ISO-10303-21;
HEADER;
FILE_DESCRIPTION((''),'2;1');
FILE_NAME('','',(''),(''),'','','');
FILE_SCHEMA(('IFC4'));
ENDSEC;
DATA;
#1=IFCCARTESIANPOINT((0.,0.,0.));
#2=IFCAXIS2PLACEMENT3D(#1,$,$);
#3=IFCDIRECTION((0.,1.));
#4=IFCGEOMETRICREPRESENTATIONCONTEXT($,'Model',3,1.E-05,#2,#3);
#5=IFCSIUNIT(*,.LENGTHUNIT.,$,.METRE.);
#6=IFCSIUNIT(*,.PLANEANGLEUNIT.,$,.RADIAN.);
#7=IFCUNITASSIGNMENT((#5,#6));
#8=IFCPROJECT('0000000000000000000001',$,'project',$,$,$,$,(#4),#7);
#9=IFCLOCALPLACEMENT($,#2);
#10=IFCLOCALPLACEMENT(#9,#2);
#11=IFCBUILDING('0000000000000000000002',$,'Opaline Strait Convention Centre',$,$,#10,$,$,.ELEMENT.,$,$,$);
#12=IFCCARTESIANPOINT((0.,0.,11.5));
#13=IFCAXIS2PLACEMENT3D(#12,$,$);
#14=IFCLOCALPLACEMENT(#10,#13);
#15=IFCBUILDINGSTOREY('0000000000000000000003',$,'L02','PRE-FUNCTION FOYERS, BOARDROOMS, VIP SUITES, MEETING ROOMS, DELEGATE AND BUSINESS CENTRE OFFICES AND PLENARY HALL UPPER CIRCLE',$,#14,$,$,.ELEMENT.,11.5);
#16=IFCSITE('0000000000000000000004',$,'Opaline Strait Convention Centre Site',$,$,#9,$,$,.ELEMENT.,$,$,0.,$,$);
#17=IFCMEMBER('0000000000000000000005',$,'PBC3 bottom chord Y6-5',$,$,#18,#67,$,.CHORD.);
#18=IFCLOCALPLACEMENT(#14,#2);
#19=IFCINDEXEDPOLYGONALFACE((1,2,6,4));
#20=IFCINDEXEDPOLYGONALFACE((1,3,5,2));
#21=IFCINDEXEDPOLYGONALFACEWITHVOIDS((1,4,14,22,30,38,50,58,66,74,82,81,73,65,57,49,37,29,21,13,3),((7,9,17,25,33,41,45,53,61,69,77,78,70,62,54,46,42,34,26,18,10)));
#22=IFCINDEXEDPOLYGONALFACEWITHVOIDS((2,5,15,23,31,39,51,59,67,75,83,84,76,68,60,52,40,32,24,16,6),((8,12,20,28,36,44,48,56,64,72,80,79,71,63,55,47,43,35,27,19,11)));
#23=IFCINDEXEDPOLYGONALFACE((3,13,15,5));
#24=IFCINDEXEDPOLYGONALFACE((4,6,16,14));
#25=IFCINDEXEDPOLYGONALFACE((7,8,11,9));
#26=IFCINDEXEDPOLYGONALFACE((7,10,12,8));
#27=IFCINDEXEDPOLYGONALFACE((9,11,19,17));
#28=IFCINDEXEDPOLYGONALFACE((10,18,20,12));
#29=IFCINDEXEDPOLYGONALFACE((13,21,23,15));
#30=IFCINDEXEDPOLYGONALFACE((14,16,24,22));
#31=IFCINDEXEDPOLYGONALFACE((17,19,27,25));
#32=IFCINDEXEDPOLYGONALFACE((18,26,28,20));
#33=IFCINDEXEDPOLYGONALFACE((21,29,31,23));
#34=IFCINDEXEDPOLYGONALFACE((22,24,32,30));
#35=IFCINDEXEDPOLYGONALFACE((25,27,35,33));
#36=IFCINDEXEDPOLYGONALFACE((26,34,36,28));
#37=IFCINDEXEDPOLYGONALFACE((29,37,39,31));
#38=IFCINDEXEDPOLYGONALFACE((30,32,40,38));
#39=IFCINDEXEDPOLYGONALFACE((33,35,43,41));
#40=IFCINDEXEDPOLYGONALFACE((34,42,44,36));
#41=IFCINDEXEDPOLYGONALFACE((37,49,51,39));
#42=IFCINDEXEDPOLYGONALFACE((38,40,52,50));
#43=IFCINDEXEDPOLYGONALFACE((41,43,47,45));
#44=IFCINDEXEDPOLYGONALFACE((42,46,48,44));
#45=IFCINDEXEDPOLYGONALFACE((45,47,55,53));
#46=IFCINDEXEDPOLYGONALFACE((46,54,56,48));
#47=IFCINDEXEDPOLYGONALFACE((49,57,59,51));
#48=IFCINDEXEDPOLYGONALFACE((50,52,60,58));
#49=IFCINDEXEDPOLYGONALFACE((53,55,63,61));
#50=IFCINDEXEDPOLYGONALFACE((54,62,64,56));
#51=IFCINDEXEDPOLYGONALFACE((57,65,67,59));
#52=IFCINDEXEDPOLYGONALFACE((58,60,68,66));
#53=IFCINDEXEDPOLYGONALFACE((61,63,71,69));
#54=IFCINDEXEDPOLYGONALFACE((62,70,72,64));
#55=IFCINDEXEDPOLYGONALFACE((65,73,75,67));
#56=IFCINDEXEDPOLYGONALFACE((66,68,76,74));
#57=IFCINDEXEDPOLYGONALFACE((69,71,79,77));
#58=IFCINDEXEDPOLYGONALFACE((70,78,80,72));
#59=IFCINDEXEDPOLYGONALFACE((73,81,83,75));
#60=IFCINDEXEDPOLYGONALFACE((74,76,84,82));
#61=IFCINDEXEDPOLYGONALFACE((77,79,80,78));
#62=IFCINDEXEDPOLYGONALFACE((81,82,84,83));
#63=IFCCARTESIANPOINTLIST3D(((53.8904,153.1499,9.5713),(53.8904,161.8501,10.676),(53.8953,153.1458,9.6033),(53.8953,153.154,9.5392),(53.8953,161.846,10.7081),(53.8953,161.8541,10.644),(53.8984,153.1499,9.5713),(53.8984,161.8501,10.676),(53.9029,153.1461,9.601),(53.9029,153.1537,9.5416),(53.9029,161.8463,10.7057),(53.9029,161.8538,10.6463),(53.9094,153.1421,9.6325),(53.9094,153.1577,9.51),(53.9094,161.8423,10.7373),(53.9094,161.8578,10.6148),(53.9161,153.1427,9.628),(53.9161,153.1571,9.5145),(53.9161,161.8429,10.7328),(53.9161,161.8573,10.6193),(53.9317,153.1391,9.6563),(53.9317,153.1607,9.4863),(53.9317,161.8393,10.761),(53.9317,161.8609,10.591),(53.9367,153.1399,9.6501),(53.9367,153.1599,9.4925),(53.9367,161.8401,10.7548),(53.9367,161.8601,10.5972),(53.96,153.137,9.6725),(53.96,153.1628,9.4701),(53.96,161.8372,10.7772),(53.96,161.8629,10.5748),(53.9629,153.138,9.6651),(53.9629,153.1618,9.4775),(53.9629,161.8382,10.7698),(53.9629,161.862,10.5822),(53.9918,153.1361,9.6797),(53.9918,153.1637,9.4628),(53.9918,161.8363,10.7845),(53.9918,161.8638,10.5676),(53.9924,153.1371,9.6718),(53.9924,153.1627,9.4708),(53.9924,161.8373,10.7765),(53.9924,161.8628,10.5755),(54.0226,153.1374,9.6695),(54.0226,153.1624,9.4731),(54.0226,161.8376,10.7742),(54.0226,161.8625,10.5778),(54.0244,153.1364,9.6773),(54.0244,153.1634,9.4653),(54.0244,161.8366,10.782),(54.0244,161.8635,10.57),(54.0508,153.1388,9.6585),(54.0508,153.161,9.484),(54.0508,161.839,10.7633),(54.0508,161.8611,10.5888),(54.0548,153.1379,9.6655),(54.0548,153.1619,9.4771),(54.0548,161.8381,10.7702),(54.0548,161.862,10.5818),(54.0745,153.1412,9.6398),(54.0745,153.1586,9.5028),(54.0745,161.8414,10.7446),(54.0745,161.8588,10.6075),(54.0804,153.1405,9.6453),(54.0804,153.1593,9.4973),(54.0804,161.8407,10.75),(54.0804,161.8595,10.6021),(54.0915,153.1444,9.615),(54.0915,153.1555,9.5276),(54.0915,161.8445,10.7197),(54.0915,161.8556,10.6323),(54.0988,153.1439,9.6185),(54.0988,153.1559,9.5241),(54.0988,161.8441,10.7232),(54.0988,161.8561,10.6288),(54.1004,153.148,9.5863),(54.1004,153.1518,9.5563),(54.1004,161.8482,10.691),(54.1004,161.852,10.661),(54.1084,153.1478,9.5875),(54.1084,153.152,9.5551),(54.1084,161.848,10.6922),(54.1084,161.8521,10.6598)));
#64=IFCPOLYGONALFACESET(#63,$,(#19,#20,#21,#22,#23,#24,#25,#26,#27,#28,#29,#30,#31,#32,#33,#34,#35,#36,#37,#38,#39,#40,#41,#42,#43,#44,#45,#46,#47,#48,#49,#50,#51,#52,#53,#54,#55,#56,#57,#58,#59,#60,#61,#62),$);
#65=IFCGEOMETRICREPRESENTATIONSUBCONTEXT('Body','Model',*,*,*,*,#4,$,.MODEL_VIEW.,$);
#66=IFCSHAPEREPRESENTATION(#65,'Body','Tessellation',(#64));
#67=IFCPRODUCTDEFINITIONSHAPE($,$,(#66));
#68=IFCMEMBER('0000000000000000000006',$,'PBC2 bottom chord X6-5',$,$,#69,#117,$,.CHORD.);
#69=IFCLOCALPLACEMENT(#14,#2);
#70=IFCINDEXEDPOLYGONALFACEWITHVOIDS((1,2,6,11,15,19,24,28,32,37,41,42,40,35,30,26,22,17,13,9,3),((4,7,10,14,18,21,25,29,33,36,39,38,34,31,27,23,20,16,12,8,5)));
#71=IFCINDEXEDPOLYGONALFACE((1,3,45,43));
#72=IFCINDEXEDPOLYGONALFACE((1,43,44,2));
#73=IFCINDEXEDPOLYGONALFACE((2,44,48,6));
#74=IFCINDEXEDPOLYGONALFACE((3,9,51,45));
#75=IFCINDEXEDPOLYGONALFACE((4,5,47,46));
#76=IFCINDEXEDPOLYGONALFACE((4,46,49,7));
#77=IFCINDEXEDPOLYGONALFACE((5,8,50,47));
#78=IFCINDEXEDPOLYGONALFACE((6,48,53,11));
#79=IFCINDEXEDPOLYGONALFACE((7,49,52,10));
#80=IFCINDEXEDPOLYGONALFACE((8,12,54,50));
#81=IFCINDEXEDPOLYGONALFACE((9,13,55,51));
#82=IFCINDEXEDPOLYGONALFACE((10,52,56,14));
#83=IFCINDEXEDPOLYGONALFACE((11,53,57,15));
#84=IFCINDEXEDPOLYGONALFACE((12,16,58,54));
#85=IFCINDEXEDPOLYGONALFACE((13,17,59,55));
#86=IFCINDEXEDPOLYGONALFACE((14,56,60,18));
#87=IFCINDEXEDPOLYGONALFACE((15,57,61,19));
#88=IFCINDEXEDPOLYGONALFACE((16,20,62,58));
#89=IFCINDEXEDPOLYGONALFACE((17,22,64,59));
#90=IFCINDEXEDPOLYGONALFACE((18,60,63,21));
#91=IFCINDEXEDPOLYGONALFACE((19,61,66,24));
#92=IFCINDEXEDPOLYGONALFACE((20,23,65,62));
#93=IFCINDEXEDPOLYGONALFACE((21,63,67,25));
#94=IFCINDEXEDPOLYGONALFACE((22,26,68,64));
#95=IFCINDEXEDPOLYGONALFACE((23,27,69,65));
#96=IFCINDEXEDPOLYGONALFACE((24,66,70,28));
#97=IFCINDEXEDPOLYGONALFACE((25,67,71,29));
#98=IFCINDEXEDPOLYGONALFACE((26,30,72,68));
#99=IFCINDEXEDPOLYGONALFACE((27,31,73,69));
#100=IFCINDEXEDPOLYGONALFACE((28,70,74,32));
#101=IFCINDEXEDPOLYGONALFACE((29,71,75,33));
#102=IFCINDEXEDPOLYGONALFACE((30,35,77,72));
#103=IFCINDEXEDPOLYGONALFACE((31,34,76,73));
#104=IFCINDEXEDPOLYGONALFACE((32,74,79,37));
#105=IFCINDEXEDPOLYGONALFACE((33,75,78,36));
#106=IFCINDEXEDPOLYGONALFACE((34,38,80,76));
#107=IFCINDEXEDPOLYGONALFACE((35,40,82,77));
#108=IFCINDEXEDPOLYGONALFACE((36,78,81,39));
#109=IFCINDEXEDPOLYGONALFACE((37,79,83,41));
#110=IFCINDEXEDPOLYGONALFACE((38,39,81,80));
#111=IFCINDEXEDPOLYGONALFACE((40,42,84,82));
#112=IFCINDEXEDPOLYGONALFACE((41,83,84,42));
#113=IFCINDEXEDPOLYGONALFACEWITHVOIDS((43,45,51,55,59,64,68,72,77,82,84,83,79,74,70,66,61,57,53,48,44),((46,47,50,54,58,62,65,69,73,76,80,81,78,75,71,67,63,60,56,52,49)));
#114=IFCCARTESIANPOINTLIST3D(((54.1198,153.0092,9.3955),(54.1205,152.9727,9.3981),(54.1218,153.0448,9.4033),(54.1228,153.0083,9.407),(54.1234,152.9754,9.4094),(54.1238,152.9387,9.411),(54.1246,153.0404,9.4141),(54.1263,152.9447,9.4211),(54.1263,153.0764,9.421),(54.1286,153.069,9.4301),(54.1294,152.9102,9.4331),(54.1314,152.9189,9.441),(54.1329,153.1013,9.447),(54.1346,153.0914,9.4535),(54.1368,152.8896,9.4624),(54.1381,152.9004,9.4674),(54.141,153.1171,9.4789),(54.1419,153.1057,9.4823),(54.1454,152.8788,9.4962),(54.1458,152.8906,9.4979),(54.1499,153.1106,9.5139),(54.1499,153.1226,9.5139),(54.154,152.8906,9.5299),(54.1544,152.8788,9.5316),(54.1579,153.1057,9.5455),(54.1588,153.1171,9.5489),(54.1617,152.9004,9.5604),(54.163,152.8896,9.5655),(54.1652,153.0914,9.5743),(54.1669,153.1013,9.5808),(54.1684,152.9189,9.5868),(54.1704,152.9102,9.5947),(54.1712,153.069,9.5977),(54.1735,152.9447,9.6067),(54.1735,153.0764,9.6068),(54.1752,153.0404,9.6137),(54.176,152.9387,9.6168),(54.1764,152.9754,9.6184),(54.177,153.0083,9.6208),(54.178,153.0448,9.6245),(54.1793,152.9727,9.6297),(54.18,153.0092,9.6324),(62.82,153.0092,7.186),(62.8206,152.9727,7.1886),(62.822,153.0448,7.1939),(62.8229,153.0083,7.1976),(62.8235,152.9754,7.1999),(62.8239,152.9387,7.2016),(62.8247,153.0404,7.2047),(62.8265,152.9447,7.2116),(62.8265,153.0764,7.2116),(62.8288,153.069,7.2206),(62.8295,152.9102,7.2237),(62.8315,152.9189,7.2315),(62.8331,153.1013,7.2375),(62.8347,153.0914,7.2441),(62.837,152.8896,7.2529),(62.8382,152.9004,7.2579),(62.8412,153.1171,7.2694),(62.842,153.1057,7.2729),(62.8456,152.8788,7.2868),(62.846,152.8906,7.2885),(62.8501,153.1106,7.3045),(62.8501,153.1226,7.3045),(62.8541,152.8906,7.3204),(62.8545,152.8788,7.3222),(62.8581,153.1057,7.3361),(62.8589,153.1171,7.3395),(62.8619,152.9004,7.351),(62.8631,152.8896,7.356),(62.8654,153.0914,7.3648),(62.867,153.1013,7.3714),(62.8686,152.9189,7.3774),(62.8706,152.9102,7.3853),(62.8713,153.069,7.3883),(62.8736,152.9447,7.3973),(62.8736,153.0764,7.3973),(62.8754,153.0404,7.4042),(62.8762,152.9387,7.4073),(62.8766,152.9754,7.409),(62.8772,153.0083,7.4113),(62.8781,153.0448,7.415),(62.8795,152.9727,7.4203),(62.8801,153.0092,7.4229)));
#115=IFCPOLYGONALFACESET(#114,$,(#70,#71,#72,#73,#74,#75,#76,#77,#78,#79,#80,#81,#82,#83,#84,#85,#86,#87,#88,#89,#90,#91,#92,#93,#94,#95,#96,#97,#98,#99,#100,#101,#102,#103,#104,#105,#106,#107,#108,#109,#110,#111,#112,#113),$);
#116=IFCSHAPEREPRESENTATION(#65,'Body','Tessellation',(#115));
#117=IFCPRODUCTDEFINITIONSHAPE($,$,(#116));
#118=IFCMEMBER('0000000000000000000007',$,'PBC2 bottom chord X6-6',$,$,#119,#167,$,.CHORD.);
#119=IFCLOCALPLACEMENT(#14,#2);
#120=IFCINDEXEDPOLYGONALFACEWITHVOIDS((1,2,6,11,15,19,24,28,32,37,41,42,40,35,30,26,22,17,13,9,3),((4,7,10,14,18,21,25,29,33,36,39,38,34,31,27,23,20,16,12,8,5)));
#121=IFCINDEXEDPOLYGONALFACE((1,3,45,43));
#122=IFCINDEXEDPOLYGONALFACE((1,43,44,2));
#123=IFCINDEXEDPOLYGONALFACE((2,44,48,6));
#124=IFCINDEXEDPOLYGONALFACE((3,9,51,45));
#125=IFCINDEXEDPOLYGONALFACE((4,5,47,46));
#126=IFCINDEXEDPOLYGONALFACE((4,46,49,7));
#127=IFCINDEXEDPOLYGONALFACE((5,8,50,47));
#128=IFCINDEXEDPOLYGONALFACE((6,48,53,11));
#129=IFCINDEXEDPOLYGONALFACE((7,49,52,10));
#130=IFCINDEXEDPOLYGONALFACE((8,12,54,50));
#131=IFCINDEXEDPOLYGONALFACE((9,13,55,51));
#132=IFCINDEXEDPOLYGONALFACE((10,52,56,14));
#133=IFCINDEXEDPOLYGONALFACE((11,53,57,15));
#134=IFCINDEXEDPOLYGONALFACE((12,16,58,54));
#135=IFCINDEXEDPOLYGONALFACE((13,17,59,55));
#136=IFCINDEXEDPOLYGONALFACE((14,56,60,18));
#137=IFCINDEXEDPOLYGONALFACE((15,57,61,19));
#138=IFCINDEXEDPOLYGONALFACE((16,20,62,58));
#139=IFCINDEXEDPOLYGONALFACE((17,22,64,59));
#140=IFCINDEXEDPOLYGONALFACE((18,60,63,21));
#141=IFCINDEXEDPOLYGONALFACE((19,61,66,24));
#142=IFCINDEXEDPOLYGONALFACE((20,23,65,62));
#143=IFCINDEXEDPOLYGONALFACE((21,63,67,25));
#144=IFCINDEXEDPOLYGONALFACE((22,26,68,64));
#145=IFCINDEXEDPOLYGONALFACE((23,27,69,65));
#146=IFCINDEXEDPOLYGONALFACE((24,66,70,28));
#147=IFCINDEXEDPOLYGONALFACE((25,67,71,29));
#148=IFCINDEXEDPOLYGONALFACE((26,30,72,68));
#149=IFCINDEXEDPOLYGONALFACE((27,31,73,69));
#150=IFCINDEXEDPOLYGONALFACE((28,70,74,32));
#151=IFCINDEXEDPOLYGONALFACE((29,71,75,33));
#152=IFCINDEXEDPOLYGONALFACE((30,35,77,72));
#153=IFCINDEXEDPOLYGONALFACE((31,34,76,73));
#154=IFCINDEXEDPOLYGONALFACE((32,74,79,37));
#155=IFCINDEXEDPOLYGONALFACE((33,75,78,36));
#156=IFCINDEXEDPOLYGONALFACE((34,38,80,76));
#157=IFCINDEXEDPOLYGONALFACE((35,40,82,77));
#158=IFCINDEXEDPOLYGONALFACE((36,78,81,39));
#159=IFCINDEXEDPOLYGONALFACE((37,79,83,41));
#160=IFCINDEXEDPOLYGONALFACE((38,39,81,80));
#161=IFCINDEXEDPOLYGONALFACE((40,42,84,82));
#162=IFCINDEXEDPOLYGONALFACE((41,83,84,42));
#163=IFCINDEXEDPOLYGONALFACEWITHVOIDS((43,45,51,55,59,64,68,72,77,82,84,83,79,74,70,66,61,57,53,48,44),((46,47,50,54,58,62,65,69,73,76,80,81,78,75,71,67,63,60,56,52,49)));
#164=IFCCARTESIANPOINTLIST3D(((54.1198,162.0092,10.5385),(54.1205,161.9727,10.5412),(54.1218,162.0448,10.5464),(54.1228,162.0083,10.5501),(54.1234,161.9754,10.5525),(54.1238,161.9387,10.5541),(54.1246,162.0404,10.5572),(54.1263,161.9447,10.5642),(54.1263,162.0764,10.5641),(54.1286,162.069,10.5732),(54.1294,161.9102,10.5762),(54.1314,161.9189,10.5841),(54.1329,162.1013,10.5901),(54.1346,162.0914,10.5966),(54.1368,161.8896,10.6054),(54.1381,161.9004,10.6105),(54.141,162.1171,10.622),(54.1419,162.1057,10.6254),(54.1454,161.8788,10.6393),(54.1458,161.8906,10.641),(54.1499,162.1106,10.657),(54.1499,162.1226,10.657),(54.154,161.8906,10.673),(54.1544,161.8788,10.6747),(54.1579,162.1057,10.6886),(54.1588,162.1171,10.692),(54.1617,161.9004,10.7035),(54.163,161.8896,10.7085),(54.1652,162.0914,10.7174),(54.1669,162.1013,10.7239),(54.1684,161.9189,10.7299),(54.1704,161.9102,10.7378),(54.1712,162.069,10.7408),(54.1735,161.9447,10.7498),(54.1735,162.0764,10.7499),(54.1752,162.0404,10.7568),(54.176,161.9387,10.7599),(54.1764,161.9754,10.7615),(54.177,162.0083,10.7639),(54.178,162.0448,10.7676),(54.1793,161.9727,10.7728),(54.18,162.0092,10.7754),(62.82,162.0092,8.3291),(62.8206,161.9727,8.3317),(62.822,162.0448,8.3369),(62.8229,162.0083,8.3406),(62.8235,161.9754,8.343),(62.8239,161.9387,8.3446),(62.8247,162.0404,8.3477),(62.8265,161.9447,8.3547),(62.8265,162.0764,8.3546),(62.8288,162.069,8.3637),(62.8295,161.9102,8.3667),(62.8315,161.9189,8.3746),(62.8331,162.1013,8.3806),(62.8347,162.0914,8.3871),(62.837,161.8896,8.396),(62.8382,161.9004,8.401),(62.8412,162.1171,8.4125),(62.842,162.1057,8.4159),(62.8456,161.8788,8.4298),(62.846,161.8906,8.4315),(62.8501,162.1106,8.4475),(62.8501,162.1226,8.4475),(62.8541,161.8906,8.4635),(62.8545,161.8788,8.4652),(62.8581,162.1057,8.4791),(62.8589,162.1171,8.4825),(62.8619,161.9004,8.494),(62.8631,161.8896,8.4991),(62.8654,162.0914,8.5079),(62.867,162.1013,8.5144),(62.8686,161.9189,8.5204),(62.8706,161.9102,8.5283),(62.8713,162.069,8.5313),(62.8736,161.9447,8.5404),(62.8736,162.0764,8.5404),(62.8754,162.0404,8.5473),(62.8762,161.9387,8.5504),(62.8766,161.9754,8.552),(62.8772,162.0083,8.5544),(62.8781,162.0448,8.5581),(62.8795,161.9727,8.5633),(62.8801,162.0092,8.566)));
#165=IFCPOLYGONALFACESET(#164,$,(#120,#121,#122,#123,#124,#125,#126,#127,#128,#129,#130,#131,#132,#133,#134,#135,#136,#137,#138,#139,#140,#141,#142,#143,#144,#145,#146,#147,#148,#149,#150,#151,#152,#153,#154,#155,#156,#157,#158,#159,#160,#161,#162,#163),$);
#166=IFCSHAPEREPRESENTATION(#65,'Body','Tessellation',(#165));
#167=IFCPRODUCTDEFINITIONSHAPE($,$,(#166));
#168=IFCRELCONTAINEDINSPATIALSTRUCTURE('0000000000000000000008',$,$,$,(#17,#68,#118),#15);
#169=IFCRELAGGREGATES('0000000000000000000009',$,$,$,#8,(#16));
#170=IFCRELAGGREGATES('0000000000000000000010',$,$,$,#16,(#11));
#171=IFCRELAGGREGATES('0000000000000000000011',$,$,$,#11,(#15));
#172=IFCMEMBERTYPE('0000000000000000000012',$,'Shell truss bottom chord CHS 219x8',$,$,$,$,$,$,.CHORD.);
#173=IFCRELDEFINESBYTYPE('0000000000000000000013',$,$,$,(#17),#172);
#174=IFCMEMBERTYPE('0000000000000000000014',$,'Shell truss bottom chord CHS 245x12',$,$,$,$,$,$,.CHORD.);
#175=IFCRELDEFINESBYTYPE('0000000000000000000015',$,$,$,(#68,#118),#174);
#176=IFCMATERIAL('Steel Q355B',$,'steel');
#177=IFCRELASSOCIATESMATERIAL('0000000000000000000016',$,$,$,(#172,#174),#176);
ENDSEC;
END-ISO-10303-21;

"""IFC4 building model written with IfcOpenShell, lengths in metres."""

from ifc_helpers import new_model, si_unit, direction, frame, origin, origin_2d, place, context, subcontext, project, spatial, hollow_circle, extrude, material, material_profile, profile_set, type_object, element, save


model = new_model("IFC4")

# Units and contexts
model_context = context("Model", 3, precision=1e-05, world=origin(), true_north=direction((0.0, 1.0)))
body_context = subcontext(model_context, "Body", "Model", "MODEL_VIEW")
ifc_project = project(units=[si_unit("LENGTHUNIT", "METRE"), si_unit("PLANEANGLEUNIT", "RADIAN")], contexts=[model_context])

# Site, building, storey
site_placement = place(None, origin())
site = spatial("IfcSite", under=ifc_project, at=site_placement, Name="Opaline Strait Convention Centre Site", CompositionType="ELEMENT", RefElevation=0.0)
building_placement = place(site_placement, origin())
building = spatial("IfcBuilding", under=site, at=building_placement, Name="Opaline Strait Convention Centre", CompositionType="ELEMENT")
storey_placement = place(building_placement, frame((0.0, 0.0, 11.5)))
storey = spatial("IfcBuildingStorey", under=building, at=storey_placement, Name="L02", Description="PRE-FUNCTION FOYERS, BOARDROOMS, VIP SUITES, MEETING ROOMS, DELEGATE AND BUSINESS CENTRE OFFICES AND PLENARY HALL UPPER CIRCLE", CompositionType="ELEMENT", Elevation=11.5)

# Members
ifc_material_1 = material(Name="Steel Q355B", Category="steel")
ifc_material_profile_1 = material_profile(ifc_material_1, hollow_circle(Radius=0.1096, WallThickness=0.0081, at=origin_2d()), Name="CHS 219x8")
ifc_profile_set_1 = profile_set([ifc_material_profile_1], Name="Steel Q355B")
member_type_1 = type_object("IfcMemberType", Name="Shell truss bottom chord CHS 219x8", PredefinedType="CHORD", material=ifc_profile_set_1)
member_1_placement = place(storey_placement, frame((54.0, 153.1499, 9.5713), z_axis=(0.0, 0.992034, 0.125967), x_axis=(-1.0, 0.0, 0.0)))
element("IfcMember", 1, at=member_1_placement, inside=storey, type_object=member_type_1, Name="PBC3 bottom chord Y6-5", PredefinedType="CHORD", context=body_context, shape_type="SweptSolid", body=[
    extrude(hollow_circle(Radius=0.1096, WallThickness=0.0081, at=origin_2d()), origin(), (0.0, 0.0, 1.0), 8.77),
])
ifc_material_profile_2 = material_profile(ifc_material_1, hollow_circle(Radius=0.1226, WallThickness=0.012, at=origin_2d()), Name="CHS 245x12")
ifc_profile_set_2 = profile_set([ifc_material_profile_2], Name="Steel Q355B")
member_type_2 = type_object("IfcMemberType", Name="Shell truss bottom chord CHS 245x12", PredefinedType="CHORD", material=ifc_profile_set_2)
for number, where, z_axis, x_axis, name in (
    (2, (54.1499, 153.0, 9.5139), (0.969233, 0.0, -0.246143), (0.0, 1.0, 0.0), "PBC2 bottom chord X6-5"),
    (3, (54.1499, 162.0, 10.657), (0.969233, 0.0, -0.246143), (0.0, 1.0, 0.0), "PBC2 bottom chord X6-6"),
):
    element("IfcMember", number, at=place(storey_placement, frame(where, z_axis=z_axis, x_axis=x_axis)), inside=storey, type_object=member_type_2, Name=name, PredefinedType="CHORD", context=body_context, shape_type="SweptSolid", body=[
        extrude(hollow_circle(Radius=0.1226, WallThickness=0.012, at=origin_2d()), origin(), (0.0, 0.0, 1.0), 8.9763),
    ])

save(model, "model.ifc")
